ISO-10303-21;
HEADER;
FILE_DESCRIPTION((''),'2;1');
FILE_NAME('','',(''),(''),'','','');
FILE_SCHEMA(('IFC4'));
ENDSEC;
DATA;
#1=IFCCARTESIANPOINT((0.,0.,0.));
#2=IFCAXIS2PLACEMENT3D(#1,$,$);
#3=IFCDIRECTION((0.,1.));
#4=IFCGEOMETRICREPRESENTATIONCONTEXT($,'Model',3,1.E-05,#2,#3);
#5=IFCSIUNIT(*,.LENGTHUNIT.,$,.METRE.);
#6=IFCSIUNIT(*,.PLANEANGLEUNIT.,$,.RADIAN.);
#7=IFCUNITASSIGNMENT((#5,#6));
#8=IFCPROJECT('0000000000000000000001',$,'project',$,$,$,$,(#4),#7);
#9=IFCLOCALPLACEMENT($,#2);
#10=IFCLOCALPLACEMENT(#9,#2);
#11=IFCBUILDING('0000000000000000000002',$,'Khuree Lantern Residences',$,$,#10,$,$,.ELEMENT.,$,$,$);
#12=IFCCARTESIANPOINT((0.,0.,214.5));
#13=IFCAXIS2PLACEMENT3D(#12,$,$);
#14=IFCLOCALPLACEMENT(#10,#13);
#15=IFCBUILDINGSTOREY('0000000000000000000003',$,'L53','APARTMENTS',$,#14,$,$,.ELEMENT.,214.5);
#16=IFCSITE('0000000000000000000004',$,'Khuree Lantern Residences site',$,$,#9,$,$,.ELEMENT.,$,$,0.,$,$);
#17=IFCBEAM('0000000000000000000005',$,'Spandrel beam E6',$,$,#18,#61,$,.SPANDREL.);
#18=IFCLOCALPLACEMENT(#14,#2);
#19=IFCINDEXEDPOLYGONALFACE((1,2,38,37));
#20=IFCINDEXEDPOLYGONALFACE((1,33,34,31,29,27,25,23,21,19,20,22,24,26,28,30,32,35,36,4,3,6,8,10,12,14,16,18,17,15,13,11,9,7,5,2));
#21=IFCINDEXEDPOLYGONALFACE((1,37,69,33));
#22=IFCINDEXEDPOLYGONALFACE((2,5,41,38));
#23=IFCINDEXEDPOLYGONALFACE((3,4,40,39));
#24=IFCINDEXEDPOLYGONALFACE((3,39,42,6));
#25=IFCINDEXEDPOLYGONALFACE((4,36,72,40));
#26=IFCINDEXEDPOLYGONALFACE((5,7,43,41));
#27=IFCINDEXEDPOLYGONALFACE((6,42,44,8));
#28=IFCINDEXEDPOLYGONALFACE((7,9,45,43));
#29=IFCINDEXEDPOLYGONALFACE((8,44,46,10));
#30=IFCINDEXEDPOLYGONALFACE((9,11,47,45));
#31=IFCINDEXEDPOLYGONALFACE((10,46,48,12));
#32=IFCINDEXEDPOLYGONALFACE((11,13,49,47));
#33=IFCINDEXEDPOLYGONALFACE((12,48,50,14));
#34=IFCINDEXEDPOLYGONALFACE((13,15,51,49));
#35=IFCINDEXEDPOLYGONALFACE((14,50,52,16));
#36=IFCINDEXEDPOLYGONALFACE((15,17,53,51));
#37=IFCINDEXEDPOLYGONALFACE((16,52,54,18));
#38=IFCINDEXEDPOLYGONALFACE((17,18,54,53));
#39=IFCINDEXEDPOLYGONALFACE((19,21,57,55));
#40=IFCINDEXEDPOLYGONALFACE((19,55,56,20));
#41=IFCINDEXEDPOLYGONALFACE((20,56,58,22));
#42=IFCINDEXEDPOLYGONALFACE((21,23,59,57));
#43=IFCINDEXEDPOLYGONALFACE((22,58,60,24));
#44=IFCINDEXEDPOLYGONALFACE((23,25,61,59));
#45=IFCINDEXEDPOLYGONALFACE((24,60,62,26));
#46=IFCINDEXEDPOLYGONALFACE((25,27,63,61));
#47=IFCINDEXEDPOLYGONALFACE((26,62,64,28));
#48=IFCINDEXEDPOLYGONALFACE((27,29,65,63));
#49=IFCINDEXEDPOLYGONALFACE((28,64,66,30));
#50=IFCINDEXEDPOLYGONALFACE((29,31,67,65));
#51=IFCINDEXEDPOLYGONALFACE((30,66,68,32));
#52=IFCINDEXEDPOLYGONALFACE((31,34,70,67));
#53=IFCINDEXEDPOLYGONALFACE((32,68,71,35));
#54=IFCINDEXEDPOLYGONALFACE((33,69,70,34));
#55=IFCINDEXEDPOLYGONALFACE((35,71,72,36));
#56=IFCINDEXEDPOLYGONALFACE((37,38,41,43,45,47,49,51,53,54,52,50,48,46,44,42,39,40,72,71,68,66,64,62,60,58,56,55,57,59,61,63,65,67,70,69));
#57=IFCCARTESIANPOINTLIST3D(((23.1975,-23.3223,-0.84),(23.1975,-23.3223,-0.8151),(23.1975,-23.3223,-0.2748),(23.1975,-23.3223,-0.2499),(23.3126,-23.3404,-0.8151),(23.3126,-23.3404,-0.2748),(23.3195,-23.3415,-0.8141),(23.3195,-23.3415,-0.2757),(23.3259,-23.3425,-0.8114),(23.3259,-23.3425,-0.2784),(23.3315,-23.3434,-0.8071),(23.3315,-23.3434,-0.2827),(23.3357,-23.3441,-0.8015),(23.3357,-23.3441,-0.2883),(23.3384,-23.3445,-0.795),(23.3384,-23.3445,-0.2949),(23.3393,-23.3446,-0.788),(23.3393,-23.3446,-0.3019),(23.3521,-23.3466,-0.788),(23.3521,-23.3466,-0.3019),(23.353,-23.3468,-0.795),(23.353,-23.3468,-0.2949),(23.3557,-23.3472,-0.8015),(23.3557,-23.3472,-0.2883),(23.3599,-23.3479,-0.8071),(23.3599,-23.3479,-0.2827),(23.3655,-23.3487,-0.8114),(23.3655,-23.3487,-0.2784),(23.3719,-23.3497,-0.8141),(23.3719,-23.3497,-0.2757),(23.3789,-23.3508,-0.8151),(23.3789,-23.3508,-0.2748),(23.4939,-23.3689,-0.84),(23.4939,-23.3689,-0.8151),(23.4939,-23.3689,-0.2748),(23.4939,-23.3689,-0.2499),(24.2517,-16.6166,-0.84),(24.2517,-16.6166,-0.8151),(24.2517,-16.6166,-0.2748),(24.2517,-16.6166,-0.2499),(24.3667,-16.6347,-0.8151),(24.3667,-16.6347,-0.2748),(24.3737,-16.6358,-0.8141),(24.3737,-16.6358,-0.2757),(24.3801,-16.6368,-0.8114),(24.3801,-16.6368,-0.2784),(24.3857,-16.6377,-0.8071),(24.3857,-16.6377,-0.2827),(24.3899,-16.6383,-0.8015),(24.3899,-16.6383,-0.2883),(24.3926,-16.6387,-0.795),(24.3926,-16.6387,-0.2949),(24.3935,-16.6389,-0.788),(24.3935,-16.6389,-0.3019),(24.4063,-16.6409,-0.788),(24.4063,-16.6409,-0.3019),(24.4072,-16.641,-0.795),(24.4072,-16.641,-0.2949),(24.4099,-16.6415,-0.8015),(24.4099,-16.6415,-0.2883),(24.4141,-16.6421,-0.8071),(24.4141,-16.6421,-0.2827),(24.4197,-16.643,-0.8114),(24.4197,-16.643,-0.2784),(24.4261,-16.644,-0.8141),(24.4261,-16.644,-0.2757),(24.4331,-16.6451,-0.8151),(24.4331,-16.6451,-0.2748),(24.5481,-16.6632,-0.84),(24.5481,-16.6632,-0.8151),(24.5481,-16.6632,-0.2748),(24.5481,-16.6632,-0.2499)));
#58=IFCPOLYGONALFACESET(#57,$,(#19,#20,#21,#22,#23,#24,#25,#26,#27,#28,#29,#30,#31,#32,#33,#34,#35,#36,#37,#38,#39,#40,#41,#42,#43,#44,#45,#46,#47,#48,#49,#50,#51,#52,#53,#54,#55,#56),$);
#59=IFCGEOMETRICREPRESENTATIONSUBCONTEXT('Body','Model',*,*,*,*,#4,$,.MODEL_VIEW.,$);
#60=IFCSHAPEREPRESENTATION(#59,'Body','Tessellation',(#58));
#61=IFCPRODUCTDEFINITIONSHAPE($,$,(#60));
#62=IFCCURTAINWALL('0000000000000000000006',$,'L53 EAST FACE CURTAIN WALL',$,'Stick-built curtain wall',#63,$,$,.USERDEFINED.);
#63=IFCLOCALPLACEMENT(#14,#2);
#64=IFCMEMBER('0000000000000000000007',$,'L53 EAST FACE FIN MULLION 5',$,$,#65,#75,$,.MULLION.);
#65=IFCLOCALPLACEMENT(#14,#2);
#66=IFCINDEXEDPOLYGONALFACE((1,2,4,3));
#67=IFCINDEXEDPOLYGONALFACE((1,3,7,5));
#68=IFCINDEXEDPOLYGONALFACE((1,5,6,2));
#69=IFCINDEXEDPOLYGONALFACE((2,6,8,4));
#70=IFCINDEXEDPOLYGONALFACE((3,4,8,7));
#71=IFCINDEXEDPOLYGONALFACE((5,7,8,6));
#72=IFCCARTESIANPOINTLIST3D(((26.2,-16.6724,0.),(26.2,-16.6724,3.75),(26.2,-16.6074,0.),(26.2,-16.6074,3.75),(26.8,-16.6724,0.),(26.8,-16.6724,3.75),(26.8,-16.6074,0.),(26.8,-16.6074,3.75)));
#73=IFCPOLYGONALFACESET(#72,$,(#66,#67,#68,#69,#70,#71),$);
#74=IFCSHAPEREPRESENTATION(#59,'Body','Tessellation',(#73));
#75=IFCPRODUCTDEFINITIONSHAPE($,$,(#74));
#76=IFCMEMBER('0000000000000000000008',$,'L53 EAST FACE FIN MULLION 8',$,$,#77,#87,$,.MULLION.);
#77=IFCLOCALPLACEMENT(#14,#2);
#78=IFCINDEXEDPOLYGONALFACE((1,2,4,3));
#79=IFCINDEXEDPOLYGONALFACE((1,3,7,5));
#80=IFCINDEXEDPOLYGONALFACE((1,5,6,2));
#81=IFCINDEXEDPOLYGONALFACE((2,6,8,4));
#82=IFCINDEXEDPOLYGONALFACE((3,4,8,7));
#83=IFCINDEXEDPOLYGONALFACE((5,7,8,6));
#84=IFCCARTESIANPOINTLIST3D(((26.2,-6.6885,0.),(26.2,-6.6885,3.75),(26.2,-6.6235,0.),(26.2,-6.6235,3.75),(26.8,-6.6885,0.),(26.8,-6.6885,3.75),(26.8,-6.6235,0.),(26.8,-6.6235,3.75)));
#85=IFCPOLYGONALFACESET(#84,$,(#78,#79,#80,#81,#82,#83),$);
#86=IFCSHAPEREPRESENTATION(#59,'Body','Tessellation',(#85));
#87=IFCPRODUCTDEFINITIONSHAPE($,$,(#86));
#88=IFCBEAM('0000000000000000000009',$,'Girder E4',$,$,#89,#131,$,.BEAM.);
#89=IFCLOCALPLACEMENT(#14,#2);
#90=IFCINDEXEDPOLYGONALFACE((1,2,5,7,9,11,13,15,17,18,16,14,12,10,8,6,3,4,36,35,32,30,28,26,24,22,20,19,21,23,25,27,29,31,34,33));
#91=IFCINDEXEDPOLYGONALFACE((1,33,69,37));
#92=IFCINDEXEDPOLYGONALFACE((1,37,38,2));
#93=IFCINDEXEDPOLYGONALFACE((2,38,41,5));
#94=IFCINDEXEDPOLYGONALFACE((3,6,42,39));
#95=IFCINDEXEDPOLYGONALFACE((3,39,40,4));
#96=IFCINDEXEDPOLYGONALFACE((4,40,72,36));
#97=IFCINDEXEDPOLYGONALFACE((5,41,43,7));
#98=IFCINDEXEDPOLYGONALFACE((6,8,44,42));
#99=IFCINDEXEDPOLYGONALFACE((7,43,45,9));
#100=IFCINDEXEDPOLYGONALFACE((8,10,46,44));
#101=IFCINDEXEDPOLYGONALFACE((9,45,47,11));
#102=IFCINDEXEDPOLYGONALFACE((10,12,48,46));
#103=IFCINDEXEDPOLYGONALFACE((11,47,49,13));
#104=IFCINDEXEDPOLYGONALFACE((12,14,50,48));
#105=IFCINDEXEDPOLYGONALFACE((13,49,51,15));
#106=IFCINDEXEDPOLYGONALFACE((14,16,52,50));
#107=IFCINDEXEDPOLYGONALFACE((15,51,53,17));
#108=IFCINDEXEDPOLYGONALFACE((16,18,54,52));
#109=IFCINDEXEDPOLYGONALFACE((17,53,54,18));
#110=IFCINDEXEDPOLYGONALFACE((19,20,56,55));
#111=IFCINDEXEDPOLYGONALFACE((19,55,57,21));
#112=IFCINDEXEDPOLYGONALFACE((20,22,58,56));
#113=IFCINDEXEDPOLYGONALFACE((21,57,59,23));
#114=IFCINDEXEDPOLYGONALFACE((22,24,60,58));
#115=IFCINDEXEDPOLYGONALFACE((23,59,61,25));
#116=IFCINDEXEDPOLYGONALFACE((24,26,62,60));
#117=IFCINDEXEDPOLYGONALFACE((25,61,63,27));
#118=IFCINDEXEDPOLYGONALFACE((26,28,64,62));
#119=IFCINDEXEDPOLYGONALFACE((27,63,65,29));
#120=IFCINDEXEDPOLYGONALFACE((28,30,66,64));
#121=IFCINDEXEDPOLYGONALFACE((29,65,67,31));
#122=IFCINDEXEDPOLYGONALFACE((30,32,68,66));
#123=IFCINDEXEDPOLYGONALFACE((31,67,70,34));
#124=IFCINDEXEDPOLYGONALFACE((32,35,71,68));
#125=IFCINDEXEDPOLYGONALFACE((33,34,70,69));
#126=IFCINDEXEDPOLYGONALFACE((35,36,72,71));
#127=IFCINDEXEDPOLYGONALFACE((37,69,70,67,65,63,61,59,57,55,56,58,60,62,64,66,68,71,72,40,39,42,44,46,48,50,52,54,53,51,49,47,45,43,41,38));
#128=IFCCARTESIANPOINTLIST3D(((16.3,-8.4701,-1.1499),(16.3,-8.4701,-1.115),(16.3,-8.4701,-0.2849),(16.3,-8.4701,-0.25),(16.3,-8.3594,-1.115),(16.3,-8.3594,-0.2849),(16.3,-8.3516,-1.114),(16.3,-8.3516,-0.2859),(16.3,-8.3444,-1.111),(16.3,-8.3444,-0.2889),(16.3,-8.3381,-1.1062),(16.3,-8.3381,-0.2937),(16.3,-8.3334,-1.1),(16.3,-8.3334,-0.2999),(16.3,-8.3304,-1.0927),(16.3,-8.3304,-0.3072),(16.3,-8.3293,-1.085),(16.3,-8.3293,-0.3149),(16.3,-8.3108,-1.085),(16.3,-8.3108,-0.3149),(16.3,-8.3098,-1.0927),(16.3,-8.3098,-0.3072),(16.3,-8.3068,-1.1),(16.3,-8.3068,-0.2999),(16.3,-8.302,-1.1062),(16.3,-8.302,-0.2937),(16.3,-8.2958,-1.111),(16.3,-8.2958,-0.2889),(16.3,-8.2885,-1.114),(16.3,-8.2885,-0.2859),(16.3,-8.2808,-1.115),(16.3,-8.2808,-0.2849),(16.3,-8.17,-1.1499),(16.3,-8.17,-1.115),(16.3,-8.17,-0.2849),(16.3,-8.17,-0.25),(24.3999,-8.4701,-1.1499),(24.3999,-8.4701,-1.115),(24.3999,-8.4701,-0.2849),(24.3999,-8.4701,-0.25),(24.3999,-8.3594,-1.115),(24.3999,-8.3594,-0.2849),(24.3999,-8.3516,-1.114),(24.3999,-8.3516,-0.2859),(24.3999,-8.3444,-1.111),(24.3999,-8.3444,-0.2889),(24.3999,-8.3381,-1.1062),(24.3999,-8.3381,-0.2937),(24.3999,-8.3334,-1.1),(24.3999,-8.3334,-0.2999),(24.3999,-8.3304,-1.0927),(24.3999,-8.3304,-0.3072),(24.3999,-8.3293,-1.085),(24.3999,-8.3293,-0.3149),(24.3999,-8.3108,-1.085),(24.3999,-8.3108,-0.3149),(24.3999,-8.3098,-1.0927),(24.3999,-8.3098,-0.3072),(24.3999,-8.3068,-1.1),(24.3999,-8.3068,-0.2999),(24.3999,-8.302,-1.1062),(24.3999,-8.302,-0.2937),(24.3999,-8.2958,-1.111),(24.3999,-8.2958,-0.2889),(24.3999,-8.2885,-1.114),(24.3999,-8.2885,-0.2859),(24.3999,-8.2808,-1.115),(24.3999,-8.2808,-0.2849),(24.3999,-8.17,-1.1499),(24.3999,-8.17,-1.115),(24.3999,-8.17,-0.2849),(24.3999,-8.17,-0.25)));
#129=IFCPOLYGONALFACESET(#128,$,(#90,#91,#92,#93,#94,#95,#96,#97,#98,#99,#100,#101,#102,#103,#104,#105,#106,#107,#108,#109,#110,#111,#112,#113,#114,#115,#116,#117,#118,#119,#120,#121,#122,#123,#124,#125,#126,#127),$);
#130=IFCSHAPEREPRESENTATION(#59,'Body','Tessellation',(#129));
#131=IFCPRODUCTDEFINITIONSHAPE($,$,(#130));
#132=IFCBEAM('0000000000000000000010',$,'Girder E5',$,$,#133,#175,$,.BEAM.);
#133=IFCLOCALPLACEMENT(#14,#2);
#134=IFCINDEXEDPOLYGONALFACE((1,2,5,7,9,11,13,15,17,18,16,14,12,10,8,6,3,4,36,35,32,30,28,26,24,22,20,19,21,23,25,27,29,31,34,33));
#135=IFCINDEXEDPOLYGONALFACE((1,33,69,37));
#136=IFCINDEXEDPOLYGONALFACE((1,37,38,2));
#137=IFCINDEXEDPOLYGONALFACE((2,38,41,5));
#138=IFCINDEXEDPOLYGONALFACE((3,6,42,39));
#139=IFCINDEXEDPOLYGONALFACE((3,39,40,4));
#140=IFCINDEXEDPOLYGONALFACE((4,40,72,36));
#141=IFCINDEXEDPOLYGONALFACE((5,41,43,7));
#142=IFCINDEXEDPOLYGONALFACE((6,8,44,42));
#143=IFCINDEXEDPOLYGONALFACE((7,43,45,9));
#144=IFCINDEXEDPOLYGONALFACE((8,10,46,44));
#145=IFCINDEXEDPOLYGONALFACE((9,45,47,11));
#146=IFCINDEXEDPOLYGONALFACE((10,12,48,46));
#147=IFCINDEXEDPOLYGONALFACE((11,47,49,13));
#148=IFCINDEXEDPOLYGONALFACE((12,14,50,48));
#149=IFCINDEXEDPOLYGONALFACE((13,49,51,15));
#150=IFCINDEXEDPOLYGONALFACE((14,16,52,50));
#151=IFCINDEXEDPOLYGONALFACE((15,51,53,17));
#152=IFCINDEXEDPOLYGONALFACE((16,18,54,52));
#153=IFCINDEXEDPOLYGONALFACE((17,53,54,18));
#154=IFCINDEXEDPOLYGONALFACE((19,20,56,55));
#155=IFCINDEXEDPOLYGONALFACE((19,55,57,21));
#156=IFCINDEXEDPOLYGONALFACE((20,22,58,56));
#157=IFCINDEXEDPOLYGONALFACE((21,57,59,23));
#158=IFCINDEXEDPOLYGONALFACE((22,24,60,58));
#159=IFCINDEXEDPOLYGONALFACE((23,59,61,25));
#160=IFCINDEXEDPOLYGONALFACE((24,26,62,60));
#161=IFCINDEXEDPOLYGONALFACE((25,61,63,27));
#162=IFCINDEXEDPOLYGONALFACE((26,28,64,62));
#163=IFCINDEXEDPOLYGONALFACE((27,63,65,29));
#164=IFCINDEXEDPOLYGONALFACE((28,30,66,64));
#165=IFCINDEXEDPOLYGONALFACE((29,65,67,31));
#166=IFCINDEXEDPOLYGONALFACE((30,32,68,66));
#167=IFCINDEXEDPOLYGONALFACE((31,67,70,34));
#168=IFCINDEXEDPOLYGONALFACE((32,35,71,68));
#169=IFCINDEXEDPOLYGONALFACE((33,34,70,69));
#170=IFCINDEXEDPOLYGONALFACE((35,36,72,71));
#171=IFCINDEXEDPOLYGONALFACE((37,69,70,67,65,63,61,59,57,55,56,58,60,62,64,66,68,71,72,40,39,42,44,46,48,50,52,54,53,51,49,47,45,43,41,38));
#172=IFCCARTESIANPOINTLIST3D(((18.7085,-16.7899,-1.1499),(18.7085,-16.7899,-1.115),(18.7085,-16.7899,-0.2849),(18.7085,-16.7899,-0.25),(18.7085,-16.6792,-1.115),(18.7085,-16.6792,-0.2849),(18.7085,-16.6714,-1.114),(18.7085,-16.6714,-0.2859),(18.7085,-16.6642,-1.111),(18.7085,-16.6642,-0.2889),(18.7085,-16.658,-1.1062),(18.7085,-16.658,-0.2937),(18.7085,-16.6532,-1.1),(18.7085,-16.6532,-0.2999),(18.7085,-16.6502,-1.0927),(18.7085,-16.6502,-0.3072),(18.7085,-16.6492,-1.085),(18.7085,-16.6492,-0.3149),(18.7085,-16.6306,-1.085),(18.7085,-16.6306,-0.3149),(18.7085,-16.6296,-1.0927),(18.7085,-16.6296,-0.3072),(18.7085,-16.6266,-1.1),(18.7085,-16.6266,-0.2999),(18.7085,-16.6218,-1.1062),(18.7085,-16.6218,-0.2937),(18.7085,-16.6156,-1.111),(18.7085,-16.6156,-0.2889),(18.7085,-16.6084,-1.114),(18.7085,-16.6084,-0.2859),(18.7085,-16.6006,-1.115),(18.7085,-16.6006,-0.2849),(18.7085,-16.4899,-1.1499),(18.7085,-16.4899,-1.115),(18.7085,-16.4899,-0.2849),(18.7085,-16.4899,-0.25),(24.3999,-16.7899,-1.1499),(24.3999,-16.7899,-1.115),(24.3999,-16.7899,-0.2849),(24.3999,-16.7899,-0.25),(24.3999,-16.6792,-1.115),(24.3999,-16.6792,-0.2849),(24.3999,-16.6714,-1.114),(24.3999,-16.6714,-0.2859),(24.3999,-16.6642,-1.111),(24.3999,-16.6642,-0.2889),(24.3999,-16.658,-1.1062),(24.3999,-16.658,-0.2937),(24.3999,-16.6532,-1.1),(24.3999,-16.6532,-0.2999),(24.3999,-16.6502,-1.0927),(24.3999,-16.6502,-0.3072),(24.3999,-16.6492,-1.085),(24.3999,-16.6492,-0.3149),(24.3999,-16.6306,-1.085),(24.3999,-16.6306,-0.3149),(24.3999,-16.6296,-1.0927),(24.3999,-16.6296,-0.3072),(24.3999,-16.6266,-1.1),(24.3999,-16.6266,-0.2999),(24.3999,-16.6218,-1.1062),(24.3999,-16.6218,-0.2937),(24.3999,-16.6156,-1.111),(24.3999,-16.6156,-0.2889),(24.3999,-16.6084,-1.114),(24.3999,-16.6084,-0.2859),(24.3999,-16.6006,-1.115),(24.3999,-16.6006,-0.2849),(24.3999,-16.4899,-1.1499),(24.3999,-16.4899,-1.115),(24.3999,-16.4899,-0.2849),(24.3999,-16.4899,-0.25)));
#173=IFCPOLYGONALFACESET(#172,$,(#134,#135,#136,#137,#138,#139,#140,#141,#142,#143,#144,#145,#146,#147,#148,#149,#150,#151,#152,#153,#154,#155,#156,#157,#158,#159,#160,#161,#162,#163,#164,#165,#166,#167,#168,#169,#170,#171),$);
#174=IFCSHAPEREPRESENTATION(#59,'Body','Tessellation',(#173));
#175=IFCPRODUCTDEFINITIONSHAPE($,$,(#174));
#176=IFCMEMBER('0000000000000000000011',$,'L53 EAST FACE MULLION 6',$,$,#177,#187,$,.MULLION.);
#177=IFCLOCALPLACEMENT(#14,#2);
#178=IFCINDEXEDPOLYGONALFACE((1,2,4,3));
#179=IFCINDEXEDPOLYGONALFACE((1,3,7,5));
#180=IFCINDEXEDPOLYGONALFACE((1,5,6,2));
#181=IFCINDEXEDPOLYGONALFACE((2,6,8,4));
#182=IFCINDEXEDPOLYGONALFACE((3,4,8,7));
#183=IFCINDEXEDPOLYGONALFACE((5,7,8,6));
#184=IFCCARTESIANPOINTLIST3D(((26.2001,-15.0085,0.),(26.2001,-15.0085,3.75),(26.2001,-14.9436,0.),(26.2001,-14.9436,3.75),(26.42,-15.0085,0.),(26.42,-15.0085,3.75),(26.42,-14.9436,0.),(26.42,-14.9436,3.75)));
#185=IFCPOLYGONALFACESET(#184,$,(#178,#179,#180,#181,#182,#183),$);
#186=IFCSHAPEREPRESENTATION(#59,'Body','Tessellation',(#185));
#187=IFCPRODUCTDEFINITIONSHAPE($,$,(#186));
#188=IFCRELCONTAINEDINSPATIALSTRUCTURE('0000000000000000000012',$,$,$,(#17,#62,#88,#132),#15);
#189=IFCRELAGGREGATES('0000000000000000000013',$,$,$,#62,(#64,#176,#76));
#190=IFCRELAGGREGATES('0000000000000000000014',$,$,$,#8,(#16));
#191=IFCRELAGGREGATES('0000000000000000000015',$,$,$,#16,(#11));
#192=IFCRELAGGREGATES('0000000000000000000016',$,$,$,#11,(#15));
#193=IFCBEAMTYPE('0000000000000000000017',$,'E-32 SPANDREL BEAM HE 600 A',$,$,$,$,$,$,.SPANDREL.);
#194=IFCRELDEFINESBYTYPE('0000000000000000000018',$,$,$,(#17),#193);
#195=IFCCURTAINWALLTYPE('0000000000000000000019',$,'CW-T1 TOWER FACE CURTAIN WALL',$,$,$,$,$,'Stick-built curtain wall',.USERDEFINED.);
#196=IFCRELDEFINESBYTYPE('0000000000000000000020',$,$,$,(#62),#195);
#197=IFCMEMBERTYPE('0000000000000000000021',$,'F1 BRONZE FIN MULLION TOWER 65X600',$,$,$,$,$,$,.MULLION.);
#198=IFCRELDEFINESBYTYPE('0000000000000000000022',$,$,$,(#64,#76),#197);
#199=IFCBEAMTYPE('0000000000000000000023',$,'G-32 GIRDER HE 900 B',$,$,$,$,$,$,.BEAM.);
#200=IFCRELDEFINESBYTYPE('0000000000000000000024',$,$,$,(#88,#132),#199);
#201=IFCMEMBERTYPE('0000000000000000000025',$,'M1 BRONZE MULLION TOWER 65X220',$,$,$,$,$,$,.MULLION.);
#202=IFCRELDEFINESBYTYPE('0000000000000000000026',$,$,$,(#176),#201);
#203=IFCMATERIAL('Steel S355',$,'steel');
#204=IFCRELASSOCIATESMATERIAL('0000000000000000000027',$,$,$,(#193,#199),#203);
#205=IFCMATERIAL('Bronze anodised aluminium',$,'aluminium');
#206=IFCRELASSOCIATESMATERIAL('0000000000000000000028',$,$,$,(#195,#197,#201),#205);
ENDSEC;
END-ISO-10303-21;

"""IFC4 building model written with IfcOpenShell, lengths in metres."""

from ifc_helpers import new_model, si_unit, direction, frame, origin, origin_2d, place, context, subcontext, project, spatial, rectangle, i_section, extrude, material, material_profile, profile_set, type_object, element, aggregate, save


model = new_model("IFC4")

# Units and contexts
model_context = context("Model", 3, precision=1e-05, world=origin(), true_north=direction((0.0, 1.0)))
body_context = subcontext(model_context, "Body", "Model", "MODEL_VIEW")
ifc_project = project(units=[si_unit("LENGTHUNIT", "METRE"), si_unit("PLANEANGLEUNIT", "RADIAN")], contexts=[model_context])

# Site, building, storey
site_placement = place(None, origin())
site = spatial("IfcSite", under=ifc_project, at=site_placement, Name="Khuree Lantern Residences site", CompositionType="ELEMENT", RefElevation=0.0)
building_placement = place(site_placement, origin())
building = spatial("IfcBuilding", under=site, at=building_placement, Name="Khuree Lantern Residences", CompositionType="ELEMENT")
storey_placement = place(building_placement, frame((0.0, 0.0, 214.5)))
storey = spatial("IfcBuildingStorey", under=building, at=storey_placement, Name="L53", Description="APARTMENTS", CompositionType="ELEMENT", Elevation=214.5)

# Beam
ifc_material_1 = material(Name="Steel S355", Category="steel")
ifc_material_profile_1 = material_profile(ifc_material_1, i_section(OverallWidth=0.3, OverallDepth=0.5901, WebThickness=0.0129, FlangeThickness=0.0249, FilletRadius=0.0271, at=origin_2d()), Name="HE 600 A")
ifc_profile_set_1 = profile_set([ifc_material_profile_1], Name="Steel S355")
beam_type_1 = type_object("IfcBeamType", Name="E-32 SPANDREL BEAM HE 600 A", PredefinedType="SPANDREL", material=ifc_profile_set_1)
beam_1_placement = place(storey_placement, frame((24.3999, -16.6399, -0.5449), z_axis=(-0.1553, -0.987867, 0.0), x_axis=(0.987867, -0.1553, 0.0)))
element("IfcBeam", 1, at=beam_1_placement, inside=storey, type_object=beam_type_1, Name="Spandrel beam E6", PredefinedType="SPANDREL", context=body_context, shape_type="SweptSolid", body=[
    extrude(i_section(OverallWidth=0.3, OverallDepth=0.5901, WebThickness=0.0129, FlangeThickness=0.0249, FilletRadius=0.0271, at=origin_2d()), origin(), (0.0, 0.0, 1.0), 6.7881),
])

# Curtain wall, members
ifc_material_2 = material(Name="Bronze anodised aluminium", Category="aluminium")
curtain_wall_type = type_object("IfcCurtainWallType", Name="CW-T1 TOWER FACE CURTAIN WALL", ElementType="Stick-built curtain wall", PredefinedType="USERDEFINED", material=ifc_material_2)
curtain_wall_placement = place(storey_placement, origin())
curtain_wall = element("IfcCurtainWall", 2, at=curtain_wall_placement, inside=storey, type_object=curtain_wall_type, Name="L53 EAST FACE CURTAIN WALL", ObjectType="Stick-built curtain wall", PredefinedType="USERDEFINED")
ifc_material_profile_2 = material_profile(ifc_material_2, rectangle(XDim=0.0649, YDim=0.6001, at=origin_2d()), Name="F1 65X600")
ifc_profile_set_2 = profile_set([ifc_material_profile_2], Name="Bronze anodised aluminium")
member_type_1 = type_object("IfcMemberType", Name="F1 BRONZE FIN MULLION TOWER 65X600", PredefinedType="MULLION", material=ifc_profile_set_2)
member_1_placement = place(storey_placement, frame((26.5, -16.6399, 0.0), z_axis=(0.0, 0.0, 1.0), x_axis=(0.0, 1.0, 0.0)))
member_1 = element("IfcMember", 3, at=member_1_placement, type_object=member_type_1, Name="L53 EAST FACE FIN MULLION 5", PredefinedType="MULLION", context=body_context, shape_type="SweptSolid", body=[
    extrude(rectangle(XDim=0.0649, YDim=0.6001, at=origin_2d()), origin(), (0.0, 0.0, 1.0), 3.75),
])
member_2_placement = place(storey_placement, frame((26.5, -6.656, 0.0), z_axis=(0.0, 0.0, 1.0), x_axis=(0.0, 1.0, 0.0)))
member_2 = element("IfcMember", 4, at=member_2_placement, type_object=member_type_1, Name="L53 EAST FACE FIN MULLION 8", PredefinedType="MULLION", context=body_context, shape_type="SweptSolid", body=[
    extrude(rectangle(XDim=0.0649, YDim=0.6001, at=origin_2d()), origin(), (0.0, 0.0, 1.0), 3.75),
])

# Beams
ifc_material_profile_3 = material_profile(ifc_material_1, i_section(OverallWidth=0.3, OverallDepth=0.8999, WebThickness=0.0186, FlangeThickness=0.0349, FilletRadius=0.03, at=origin_2d()), Name="HE 900 B")
ifc_profile_set_3 = profile_set([ifc_material_profile_3], Name="Steel S355")
beam_type_2 = type_object("IfcBeamType", Name="G-32 GIRDER HE 900 B", PredefinedType="BEAM", material=ifc_profile_set_3)
beam_2_placement = place(storey_placement, frame((24.3999, -8.3201, -0.7), z_axis=(-1.0, 0.0, 0.0), x_axis=(0.0, -1.0, 0.0)))
element("IfcBeam", 5, at=beam_2_placement, inside=storey, type_object=beam_type_2, Name="Girder E4", PredefinedType="BEAM", context=body_context, shape_type="SweptSolid", body=[
    extrude(i_section(OverallWidth=0.3, OverallDepth=0.8999, WebThickness=0.0186, FlangeThickness=0.0349, FilletRadius=0.03, at=origin_2d()), origin(), (0.0, 0.0, 1.0), 8.0999),
])
beam_3_placement = place(storey_placement, frame((24.3999, -16.6399, -0.7), z_axis=(-1.0, 0.0, 0.0), x_axis=(0.0, -1.0, 0.0)))
element("IfcBeam", 6, at=beam_3_placement, inside=storey, type_object=beam_type_2, Name="Girder E5", PredefinedType="BEAM", context=body_context, shape_type="SweptSolid", body=[
    extrude(i_section(OverallWidth=0.3, OverallDepth=0.8999, WebThickness=0.0186, FlangeThickness=0.0349, FilletRadius=0.03, at=origin_2d()), origin(), (0.0, 0.0, 1.0), 5.6914),
])

# Member
ifc_material_profile_4 = material_profile(ifc_material_2, rectangle(XDim=0.0649, YDim=0.22, at=origin_2d()), Name="M1 65X220")
ifc_profile_set_4 = profile_set([ifc_material_profile_4], Name="Bronze anodised aluminium")
member_type_2 = type_object("IfcMemberType", Name="M1 BRONZE MULLION TOWER 65X220", PredefinedType="MULLION", material=ifc_profile_set_4)
member_3_placement = place(storey_placement, frame((26.3101, -14.9761, 0.0), z_axis=(0.0, 0.0, 1.0), x_axis=(0.0, 1.0, 0.0)))
member_3 = element("IfcMember", 7, at=member_3_placement, type_object=member_type_2, Name="L53 EAST FACE MULLION 6", PredefinedType="MULLION", context=body_context, shape_type="SweptSolid", body=[
    extrude(rectangle(XDim=0.0649, YDim=0.22, at=origin_2d()), origin(), (0.0, 0.0, 1.0), 3.75),
])

aggregate(curtain_wall, [member_1, member_3, member_2])

save(model, "model.ifc")
